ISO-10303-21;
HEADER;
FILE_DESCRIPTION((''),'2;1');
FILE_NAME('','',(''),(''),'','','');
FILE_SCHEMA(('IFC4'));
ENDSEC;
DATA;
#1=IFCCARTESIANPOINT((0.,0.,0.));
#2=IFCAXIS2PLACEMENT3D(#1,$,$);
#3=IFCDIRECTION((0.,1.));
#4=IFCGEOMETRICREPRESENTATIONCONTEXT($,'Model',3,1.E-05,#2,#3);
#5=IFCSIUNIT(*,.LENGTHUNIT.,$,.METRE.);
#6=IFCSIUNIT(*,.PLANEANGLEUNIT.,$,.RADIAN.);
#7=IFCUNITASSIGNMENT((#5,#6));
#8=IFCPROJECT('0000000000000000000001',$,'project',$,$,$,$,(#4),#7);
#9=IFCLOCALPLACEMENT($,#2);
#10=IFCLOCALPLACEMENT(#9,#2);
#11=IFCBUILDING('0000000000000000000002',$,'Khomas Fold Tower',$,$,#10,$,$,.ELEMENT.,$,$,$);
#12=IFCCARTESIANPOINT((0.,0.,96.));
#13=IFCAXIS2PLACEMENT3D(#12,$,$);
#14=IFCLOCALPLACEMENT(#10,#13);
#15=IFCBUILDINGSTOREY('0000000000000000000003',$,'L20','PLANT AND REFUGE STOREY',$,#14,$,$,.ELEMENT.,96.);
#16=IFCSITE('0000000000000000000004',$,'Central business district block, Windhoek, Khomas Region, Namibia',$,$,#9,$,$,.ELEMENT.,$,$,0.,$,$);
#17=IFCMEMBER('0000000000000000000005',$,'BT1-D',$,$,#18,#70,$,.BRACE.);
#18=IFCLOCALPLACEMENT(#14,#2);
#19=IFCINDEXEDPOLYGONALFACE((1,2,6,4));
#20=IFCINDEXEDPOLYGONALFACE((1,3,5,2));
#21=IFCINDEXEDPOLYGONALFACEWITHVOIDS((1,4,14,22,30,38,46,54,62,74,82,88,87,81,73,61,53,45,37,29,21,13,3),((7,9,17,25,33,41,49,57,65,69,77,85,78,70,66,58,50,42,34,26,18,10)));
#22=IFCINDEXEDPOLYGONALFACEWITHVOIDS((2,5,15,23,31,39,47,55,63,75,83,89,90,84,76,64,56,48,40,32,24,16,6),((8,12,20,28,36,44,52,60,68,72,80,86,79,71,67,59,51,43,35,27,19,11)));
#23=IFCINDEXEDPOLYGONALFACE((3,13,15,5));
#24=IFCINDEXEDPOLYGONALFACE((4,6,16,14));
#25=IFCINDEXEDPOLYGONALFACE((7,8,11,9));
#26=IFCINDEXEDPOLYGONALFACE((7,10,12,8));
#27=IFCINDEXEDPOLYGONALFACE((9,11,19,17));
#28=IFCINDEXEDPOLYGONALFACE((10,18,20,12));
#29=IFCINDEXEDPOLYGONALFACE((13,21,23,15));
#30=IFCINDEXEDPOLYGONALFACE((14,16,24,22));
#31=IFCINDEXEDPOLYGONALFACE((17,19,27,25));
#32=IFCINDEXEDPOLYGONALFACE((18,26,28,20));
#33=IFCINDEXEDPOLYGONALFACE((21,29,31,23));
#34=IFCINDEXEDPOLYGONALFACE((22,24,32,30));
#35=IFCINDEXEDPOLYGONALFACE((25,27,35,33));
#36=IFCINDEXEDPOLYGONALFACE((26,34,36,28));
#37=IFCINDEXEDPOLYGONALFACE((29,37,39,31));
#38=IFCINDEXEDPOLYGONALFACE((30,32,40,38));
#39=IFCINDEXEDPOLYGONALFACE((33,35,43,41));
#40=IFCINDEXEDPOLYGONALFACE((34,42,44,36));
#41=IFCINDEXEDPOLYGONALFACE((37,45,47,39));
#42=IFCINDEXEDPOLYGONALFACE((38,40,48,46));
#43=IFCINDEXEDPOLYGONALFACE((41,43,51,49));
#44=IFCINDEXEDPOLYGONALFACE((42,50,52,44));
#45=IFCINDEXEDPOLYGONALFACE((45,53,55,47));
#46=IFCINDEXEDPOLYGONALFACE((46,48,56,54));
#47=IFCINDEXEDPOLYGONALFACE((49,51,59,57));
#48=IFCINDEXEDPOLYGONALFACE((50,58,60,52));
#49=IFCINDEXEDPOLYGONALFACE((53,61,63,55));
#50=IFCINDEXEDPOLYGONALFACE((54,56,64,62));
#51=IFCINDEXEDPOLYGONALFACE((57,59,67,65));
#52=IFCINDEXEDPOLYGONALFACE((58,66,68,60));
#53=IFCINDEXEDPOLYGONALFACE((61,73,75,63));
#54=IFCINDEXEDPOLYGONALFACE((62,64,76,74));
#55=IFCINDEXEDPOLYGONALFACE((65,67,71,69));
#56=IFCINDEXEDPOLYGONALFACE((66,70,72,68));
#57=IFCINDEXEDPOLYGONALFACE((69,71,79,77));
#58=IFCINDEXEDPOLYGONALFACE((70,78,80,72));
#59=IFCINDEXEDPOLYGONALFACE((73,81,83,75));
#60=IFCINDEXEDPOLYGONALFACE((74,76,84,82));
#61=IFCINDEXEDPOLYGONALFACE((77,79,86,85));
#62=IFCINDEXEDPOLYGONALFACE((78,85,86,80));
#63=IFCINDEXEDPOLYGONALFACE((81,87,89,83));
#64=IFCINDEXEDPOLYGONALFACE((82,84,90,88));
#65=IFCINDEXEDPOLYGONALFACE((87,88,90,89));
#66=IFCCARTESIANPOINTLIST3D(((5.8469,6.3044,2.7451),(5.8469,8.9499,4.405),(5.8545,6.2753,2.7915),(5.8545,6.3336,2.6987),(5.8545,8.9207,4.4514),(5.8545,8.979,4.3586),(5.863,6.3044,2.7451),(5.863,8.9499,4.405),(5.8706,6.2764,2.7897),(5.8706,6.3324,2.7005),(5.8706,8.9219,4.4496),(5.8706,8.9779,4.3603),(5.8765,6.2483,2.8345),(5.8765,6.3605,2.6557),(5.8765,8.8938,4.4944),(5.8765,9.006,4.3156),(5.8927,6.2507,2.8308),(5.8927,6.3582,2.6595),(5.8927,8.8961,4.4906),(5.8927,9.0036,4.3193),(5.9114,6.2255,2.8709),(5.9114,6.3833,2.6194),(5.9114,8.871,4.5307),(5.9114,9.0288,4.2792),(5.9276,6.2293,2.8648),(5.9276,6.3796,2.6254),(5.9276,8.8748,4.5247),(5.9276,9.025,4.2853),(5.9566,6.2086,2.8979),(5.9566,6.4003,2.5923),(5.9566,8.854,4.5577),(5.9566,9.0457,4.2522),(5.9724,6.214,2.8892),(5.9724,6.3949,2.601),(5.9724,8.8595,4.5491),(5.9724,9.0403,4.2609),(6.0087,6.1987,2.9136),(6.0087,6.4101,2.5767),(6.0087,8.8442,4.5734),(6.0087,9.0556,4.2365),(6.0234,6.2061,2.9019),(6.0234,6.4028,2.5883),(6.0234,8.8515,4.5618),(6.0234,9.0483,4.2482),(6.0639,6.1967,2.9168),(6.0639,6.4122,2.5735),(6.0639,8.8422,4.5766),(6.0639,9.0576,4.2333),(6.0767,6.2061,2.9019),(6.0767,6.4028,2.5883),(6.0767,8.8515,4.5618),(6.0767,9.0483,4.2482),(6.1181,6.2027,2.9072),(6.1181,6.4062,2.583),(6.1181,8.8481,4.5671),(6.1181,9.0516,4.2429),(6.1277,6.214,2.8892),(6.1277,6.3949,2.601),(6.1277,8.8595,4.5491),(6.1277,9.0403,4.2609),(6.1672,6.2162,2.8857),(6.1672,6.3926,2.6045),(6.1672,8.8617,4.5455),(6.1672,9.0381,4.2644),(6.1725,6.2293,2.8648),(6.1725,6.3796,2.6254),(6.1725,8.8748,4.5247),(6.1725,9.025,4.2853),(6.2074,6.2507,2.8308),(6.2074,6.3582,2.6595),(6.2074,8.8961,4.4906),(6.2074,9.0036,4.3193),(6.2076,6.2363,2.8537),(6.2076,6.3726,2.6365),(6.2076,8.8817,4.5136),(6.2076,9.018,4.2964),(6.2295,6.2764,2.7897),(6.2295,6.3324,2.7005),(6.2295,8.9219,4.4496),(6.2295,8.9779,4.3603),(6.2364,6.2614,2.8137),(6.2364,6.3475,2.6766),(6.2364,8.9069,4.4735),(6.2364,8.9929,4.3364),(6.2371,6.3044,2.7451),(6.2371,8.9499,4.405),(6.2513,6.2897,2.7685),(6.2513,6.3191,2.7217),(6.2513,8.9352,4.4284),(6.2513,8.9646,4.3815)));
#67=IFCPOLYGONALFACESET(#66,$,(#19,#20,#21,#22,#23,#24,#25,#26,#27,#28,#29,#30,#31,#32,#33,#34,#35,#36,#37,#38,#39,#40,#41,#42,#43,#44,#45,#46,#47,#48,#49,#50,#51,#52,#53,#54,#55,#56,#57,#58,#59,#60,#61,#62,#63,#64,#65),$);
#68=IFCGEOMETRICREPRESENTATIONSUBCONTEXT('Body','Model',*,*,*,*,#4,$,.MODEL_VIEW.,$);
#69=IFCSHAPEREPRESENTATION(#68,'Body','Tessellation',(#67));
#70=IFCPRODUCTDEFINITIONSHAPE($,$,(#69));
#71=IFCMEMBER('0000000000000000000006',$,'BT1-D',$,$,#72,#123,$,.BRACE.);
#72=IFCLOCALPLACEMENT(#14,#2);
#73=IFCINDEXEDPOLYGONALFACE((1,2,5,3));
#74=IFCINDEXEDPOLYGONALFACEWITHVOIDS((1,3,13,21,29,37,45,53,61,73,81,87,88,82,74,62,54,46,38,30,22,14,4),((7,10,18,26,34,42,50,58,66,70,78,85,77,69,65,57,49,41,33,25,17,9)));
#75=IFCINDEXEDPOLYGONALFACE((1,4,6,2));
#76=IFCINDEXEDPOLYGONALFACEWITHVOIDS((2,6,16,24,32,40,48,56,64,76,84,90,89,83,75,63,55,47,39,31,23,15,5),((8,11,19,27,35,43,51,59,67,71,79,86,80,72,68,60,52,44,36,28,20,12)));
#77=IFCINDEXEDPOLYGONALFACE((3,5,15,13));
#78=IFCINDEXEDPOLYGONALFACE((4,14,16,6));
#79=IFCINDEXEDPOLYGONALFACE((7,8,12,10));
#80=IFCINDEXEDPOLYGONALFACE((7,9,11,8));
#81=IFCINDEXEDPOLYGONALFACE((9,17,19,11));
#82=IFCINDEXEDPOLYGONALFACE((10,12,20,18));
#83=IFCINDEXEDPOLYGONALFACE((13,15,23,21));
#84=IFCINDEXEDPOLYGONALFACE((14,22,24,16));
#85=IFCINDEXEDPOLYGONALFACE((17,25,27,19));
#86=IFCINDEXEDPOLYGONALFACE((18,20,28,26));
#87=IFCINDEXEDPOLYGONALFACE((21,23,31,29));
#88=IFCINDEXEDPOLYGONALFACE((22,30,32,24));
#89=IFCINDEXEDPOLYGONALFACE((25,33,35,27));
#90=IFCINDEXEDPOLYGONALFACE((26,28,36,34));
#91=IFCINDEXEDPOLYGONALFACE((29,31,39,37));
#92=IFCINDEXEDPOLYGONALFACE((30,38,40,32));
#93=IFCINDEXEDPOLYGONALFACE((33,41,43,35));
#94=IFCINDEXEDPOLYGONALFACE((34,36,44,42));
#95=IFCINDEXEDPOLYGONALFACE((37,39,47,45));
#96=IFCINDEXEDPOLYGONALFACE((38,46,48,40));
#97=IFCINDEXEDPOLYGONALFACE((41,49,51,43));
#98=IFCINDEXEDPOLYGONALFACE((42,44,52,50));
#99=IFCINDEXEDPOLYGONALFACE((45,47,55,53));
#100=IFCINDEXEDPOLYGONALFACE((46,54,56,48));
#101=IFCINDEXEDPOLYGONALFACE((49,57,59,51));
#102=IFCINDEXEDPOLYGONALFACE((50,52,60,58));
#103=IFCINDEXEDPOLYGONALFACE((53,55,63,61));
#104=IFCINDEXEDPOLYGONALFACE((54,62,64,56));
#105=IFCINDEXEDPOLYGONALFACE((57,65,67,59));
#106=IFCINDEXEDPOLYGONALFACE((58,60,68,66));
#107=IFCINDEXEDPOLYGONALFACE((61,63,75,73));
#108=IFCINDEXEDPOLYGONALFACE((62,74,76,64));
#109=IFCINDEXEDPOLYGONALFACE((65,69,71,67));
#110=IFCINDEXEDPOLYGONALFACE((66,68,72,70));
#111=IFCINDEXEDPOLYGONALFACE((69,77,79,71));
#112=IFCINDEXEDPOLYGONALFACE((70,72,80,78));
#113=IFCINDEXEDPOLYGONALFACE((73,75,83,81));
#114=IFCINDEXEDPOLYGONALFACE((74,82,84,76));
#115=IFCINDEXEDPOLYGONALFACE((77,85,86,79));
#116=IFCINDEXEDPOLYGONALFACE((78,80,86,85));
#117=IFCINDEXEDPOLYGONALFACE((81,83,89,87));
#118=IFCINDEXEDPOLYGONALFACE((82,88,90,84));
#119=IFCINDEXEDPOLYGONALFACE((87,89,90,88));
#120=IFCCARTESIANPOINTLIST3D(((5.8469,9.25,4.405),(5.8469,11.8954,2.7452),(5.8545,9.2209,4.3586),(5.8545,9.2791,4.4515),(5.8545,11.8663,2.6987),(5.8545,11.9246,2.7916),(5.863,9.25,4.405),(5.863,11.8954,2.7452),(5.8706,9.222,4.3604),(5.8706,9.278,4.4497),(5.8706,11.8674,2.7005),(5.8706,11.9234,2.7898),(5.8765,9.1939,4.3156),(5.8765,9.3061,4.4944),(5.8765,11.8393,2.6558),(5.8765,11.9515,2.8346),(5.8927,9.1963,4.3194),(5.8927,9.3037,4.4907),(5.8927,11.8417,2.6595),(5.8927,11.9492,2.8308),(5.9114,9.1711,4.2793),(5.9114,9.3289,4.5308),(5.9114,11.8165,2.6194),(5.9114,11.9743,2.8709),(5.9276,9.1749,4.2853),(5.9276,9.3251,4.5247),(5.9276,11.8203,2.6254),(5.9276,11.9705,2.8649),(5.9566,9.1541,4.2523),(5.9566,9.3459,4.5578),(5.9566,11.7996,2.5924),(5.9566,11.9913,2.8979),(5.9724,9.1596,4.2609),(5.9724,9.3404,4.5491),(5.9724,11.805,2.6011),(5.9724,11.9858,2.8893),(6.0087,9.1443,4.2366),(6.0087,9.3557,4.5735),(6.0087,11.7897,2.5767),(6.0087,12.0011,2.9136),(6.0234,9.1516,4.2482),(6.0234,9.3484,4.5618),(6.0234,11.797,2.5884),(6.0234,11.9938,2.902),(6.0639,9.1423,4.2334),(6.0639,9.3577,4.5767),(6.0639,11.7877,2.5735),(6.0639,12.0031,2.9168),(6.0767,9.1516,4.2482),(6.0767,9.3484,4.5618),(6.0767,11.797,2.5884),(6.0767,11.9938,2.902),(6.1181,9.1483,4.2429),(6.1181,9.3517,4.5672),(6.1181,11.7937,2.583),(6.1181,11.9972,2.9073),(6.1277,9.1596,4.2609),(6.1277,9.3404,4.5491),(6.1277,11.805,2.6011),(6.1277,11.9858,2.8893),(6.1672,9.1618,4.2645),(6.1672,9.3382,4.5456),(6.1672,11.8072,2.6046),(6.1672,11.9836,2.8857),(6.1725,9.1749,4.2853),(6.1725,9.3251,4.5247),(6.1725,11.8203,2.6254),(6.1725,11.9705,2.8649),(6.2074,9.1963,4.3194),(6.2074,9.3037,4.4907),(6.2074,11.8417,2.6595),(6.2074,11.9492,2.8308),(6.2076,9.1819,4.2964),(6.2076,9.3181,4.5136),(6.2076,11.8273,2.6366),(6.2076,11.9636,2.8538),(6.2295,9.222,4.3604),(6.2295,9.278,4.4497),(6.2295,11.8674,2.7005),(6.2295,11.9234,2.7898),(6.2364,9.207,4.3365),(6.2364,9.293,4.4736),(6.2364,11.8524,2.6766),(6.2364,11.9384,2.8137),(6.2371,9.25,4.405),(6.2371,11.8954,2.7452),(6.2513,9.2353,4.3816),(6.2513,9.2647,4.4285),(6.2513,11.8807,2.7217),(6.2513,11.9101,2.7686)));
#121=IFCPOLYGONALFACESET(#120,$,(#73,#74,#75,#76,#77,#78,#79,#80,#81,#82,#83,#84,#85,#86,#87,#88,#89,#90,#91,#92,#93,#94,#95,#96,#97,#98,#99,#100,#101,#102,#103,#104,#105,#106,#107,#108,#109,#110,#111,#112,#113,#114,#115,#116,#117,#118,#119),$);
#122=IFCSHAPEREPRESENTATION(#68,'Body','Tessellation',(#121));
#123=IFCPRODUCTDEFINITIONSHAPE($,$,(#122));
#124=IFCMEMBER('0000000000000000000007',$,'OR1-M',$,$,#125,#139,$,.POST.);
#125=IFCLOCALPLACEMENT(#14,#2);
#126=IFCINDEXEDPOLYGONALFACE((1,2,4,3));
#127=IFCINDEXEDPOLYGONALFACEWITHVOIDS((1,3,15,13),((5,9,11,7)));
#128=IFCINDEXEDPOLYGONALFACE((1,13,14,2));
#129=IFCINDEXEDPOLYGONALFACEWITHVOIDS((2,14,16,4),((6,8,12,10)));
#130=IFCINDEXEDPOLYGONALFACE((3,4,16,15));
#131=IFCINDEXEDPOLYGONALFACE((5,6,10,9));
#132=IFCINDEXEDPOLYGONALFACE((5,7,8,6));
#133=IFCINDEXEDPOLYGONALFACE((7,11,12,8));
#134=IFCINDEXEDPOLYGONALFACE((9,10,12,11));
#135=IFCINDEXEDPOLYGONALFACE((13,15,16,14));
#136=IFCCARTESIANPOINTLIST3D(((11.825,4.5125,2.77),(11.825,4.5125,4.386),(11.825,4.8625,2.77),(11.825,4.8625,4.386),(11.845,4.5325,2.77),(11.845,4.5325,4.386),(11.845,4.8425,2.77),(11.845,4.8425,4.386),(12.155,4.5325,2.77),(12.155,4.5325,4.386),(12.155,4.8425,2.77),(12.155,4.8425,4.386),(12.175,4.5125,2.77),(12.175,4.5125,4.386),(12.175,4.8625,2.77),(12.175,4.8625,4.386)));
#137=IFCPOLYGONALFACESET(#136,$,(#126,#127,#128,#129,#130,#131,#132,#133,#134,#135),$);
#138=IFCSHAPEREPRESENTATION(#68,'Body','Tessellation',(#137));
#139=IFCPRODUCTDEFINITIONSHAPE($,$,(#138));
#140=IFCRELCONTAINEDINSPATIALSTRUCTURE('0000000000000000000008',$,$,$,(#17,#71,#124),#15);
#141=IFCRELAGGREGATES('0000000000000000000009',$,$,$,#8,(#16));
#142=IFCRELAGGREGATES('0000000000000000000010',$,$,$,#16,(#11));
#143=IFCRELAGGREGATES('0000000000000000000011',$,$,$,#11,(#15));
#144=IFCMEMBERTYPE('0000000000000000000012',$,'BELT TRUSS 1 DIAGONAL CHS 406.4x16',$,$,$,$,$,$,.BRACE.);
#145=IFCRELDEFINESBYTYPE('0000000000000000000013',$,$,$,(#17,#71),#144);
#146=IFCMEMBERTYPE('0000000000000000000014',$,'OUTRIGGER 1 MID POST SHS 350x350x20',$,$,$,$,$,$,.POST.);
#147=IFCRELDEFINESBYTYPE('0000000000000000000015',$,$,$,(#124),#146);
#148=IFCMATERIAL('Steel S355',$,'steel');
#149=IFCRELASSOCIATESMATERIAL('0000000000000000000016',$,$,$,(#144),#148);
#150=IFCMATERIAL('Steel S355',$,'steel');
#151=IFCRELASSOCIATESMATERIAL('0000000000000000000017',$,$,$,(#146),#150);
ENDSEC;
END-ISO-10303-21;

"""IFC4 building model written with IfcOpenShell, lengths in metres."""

from ifc_helpers import new_model, si_unit, direction, frame, origin, origin_2d, place, context, subcontext, project, spatial, hollow_rectangle, hollow_circle, extrude, source, transform, mapped, material, material_profile, profile_set, type_object, element, save


model = new_model("IFC4")

# Units and contexts
model_context = context("Model", 3, precision=1e-05, world=origin(), true_north=direction((0.0, 1.0)))
body_context = subcontext(model_context, "Body", "Model", "MODEL_VIEW")
ifc_project = project(units=[si_unit("LENGTHUNIT", "METRE"), si_unit("PLANEANGLEUNIT", "RADIAN")], contexts=[model_context])

# Site, building, storey
site_placement = place(None, origin())
site = spatial("IfcSite", under=ifc_project, at=site_placement, Name="Central business district block, Windhoek, Khomas Region, Namibia", CompositionType="ELEMENT", RefElevation=0.0)
building_placement = place(site_placement, origin())
building = spatial("IfcBuilding", under=site, at=building_placement, Name="Khomas Fold Tower", CompositionType="ELEMENT")
storey_placement = place(building_placement, frame((0.0, 0.0, 96.0)))
storey = spatial("IfcBuildingStorey", under=building, at=storey_placement, Name="L20", Description="PLANT AND REFUGE STOREY", CompositionType="ELEMENT", Elevation=96.0)

# Members
ifc_material_1 = material(Name="Steel S355", Category="steel")
ifc_material_profile_1 = material_profile(ifc_material_1, hollow_circle(Radius=0.2031, WallThickness=0.0161, at=origin_2d()), Name="CHS 406.4x16")
ifc_profile_set_1 = profile_set([ifc_material_profile_1], Name="Steel S355")
member_type_1 = type_object("IfcMemberType", Name="BELT TRUSS 1 DIAGONAL CHS 406.4x16", PredefinedType="BRACE", material=ifc_profile_set_1)
shared_shape_1 = source(origin(), body_context, "Body", "SweptSolid", [
    extrude(hollow_circle(Radius=0.2031, WallThickness=0.0161, at=origin_2d()), origin(), (0.0, 0.0, 1.0), 3.123),
])
for number, where, z_axis, x_axis, name in (
    (1, (6.05, 6.3044, 2.7451), (0.0, 0.847066, 0.531488), (-1.0, 0.0, 0.0), "BT1-D"),
    (2, (6.05, 9.25, 4.405), (0.0, 0.847066, -0.531488), (-1.0, 0.0, 0.0), "BT1-D"),
):
    element("IfcMember", number, at=place(storey_placement, frame(where, z_axis=z_axis, x_axis=x_axis)), inside=storey, type_object=member_type_1, Name=name, PredefinedType="BRACE", context=body_context, shape_type="MappedRepresentation", body=[
        mapped(shared_shape_1, transform((0.0, 0.0, 0.0))),
    ])
ifc_material_2 = material(Name="Steel S355", Category="steel")
ifc_material_profile_2 = material_profile(ifc_material_2, hollow_rectangle(XDim=0.3501, YDim=0.3501, WallThickness=0.02, at=origin_2d()), Name="SHS 350x350x20")
ifc_profile_set_2 = profile_set([ifc_material_profile_2], Name="Steel S355")
member_type_2 = type_object("IfcMemberType", Name="OUTRIGGER 1 MID POST SHS 350x350x20", PredefinedType="POST", material=ifc_profile_set_2)
shared_shape_2 = source(origin(), body_context, "Body", "SweptSolid", [
    extrude(hollow_rectangle(XDim=0.3501, YDim=0.3501, WallThickness=0.02, at=origin_2d()), origin(), (0.0, 0.0, 1.0), 1.616),
])
member_1_placement = place(storey_placement, frame((12.0, 4.6875, 2.77), z_axis=(0.0, 0.0, 1.0), x_axis=(1.0, 0.0, 0.0)))
element("IfcMember", 3, at=member_1_placement, inside=storey, type_object=member_type_2, Name="OR1-M", PredefinedType="POST", context=body_context, shape_type="MappedRepresentation", body=[
    mapped(shared_shape_2, transform((0.0, 0.0, 0.0))),
])

save(model, "model.ifc")
